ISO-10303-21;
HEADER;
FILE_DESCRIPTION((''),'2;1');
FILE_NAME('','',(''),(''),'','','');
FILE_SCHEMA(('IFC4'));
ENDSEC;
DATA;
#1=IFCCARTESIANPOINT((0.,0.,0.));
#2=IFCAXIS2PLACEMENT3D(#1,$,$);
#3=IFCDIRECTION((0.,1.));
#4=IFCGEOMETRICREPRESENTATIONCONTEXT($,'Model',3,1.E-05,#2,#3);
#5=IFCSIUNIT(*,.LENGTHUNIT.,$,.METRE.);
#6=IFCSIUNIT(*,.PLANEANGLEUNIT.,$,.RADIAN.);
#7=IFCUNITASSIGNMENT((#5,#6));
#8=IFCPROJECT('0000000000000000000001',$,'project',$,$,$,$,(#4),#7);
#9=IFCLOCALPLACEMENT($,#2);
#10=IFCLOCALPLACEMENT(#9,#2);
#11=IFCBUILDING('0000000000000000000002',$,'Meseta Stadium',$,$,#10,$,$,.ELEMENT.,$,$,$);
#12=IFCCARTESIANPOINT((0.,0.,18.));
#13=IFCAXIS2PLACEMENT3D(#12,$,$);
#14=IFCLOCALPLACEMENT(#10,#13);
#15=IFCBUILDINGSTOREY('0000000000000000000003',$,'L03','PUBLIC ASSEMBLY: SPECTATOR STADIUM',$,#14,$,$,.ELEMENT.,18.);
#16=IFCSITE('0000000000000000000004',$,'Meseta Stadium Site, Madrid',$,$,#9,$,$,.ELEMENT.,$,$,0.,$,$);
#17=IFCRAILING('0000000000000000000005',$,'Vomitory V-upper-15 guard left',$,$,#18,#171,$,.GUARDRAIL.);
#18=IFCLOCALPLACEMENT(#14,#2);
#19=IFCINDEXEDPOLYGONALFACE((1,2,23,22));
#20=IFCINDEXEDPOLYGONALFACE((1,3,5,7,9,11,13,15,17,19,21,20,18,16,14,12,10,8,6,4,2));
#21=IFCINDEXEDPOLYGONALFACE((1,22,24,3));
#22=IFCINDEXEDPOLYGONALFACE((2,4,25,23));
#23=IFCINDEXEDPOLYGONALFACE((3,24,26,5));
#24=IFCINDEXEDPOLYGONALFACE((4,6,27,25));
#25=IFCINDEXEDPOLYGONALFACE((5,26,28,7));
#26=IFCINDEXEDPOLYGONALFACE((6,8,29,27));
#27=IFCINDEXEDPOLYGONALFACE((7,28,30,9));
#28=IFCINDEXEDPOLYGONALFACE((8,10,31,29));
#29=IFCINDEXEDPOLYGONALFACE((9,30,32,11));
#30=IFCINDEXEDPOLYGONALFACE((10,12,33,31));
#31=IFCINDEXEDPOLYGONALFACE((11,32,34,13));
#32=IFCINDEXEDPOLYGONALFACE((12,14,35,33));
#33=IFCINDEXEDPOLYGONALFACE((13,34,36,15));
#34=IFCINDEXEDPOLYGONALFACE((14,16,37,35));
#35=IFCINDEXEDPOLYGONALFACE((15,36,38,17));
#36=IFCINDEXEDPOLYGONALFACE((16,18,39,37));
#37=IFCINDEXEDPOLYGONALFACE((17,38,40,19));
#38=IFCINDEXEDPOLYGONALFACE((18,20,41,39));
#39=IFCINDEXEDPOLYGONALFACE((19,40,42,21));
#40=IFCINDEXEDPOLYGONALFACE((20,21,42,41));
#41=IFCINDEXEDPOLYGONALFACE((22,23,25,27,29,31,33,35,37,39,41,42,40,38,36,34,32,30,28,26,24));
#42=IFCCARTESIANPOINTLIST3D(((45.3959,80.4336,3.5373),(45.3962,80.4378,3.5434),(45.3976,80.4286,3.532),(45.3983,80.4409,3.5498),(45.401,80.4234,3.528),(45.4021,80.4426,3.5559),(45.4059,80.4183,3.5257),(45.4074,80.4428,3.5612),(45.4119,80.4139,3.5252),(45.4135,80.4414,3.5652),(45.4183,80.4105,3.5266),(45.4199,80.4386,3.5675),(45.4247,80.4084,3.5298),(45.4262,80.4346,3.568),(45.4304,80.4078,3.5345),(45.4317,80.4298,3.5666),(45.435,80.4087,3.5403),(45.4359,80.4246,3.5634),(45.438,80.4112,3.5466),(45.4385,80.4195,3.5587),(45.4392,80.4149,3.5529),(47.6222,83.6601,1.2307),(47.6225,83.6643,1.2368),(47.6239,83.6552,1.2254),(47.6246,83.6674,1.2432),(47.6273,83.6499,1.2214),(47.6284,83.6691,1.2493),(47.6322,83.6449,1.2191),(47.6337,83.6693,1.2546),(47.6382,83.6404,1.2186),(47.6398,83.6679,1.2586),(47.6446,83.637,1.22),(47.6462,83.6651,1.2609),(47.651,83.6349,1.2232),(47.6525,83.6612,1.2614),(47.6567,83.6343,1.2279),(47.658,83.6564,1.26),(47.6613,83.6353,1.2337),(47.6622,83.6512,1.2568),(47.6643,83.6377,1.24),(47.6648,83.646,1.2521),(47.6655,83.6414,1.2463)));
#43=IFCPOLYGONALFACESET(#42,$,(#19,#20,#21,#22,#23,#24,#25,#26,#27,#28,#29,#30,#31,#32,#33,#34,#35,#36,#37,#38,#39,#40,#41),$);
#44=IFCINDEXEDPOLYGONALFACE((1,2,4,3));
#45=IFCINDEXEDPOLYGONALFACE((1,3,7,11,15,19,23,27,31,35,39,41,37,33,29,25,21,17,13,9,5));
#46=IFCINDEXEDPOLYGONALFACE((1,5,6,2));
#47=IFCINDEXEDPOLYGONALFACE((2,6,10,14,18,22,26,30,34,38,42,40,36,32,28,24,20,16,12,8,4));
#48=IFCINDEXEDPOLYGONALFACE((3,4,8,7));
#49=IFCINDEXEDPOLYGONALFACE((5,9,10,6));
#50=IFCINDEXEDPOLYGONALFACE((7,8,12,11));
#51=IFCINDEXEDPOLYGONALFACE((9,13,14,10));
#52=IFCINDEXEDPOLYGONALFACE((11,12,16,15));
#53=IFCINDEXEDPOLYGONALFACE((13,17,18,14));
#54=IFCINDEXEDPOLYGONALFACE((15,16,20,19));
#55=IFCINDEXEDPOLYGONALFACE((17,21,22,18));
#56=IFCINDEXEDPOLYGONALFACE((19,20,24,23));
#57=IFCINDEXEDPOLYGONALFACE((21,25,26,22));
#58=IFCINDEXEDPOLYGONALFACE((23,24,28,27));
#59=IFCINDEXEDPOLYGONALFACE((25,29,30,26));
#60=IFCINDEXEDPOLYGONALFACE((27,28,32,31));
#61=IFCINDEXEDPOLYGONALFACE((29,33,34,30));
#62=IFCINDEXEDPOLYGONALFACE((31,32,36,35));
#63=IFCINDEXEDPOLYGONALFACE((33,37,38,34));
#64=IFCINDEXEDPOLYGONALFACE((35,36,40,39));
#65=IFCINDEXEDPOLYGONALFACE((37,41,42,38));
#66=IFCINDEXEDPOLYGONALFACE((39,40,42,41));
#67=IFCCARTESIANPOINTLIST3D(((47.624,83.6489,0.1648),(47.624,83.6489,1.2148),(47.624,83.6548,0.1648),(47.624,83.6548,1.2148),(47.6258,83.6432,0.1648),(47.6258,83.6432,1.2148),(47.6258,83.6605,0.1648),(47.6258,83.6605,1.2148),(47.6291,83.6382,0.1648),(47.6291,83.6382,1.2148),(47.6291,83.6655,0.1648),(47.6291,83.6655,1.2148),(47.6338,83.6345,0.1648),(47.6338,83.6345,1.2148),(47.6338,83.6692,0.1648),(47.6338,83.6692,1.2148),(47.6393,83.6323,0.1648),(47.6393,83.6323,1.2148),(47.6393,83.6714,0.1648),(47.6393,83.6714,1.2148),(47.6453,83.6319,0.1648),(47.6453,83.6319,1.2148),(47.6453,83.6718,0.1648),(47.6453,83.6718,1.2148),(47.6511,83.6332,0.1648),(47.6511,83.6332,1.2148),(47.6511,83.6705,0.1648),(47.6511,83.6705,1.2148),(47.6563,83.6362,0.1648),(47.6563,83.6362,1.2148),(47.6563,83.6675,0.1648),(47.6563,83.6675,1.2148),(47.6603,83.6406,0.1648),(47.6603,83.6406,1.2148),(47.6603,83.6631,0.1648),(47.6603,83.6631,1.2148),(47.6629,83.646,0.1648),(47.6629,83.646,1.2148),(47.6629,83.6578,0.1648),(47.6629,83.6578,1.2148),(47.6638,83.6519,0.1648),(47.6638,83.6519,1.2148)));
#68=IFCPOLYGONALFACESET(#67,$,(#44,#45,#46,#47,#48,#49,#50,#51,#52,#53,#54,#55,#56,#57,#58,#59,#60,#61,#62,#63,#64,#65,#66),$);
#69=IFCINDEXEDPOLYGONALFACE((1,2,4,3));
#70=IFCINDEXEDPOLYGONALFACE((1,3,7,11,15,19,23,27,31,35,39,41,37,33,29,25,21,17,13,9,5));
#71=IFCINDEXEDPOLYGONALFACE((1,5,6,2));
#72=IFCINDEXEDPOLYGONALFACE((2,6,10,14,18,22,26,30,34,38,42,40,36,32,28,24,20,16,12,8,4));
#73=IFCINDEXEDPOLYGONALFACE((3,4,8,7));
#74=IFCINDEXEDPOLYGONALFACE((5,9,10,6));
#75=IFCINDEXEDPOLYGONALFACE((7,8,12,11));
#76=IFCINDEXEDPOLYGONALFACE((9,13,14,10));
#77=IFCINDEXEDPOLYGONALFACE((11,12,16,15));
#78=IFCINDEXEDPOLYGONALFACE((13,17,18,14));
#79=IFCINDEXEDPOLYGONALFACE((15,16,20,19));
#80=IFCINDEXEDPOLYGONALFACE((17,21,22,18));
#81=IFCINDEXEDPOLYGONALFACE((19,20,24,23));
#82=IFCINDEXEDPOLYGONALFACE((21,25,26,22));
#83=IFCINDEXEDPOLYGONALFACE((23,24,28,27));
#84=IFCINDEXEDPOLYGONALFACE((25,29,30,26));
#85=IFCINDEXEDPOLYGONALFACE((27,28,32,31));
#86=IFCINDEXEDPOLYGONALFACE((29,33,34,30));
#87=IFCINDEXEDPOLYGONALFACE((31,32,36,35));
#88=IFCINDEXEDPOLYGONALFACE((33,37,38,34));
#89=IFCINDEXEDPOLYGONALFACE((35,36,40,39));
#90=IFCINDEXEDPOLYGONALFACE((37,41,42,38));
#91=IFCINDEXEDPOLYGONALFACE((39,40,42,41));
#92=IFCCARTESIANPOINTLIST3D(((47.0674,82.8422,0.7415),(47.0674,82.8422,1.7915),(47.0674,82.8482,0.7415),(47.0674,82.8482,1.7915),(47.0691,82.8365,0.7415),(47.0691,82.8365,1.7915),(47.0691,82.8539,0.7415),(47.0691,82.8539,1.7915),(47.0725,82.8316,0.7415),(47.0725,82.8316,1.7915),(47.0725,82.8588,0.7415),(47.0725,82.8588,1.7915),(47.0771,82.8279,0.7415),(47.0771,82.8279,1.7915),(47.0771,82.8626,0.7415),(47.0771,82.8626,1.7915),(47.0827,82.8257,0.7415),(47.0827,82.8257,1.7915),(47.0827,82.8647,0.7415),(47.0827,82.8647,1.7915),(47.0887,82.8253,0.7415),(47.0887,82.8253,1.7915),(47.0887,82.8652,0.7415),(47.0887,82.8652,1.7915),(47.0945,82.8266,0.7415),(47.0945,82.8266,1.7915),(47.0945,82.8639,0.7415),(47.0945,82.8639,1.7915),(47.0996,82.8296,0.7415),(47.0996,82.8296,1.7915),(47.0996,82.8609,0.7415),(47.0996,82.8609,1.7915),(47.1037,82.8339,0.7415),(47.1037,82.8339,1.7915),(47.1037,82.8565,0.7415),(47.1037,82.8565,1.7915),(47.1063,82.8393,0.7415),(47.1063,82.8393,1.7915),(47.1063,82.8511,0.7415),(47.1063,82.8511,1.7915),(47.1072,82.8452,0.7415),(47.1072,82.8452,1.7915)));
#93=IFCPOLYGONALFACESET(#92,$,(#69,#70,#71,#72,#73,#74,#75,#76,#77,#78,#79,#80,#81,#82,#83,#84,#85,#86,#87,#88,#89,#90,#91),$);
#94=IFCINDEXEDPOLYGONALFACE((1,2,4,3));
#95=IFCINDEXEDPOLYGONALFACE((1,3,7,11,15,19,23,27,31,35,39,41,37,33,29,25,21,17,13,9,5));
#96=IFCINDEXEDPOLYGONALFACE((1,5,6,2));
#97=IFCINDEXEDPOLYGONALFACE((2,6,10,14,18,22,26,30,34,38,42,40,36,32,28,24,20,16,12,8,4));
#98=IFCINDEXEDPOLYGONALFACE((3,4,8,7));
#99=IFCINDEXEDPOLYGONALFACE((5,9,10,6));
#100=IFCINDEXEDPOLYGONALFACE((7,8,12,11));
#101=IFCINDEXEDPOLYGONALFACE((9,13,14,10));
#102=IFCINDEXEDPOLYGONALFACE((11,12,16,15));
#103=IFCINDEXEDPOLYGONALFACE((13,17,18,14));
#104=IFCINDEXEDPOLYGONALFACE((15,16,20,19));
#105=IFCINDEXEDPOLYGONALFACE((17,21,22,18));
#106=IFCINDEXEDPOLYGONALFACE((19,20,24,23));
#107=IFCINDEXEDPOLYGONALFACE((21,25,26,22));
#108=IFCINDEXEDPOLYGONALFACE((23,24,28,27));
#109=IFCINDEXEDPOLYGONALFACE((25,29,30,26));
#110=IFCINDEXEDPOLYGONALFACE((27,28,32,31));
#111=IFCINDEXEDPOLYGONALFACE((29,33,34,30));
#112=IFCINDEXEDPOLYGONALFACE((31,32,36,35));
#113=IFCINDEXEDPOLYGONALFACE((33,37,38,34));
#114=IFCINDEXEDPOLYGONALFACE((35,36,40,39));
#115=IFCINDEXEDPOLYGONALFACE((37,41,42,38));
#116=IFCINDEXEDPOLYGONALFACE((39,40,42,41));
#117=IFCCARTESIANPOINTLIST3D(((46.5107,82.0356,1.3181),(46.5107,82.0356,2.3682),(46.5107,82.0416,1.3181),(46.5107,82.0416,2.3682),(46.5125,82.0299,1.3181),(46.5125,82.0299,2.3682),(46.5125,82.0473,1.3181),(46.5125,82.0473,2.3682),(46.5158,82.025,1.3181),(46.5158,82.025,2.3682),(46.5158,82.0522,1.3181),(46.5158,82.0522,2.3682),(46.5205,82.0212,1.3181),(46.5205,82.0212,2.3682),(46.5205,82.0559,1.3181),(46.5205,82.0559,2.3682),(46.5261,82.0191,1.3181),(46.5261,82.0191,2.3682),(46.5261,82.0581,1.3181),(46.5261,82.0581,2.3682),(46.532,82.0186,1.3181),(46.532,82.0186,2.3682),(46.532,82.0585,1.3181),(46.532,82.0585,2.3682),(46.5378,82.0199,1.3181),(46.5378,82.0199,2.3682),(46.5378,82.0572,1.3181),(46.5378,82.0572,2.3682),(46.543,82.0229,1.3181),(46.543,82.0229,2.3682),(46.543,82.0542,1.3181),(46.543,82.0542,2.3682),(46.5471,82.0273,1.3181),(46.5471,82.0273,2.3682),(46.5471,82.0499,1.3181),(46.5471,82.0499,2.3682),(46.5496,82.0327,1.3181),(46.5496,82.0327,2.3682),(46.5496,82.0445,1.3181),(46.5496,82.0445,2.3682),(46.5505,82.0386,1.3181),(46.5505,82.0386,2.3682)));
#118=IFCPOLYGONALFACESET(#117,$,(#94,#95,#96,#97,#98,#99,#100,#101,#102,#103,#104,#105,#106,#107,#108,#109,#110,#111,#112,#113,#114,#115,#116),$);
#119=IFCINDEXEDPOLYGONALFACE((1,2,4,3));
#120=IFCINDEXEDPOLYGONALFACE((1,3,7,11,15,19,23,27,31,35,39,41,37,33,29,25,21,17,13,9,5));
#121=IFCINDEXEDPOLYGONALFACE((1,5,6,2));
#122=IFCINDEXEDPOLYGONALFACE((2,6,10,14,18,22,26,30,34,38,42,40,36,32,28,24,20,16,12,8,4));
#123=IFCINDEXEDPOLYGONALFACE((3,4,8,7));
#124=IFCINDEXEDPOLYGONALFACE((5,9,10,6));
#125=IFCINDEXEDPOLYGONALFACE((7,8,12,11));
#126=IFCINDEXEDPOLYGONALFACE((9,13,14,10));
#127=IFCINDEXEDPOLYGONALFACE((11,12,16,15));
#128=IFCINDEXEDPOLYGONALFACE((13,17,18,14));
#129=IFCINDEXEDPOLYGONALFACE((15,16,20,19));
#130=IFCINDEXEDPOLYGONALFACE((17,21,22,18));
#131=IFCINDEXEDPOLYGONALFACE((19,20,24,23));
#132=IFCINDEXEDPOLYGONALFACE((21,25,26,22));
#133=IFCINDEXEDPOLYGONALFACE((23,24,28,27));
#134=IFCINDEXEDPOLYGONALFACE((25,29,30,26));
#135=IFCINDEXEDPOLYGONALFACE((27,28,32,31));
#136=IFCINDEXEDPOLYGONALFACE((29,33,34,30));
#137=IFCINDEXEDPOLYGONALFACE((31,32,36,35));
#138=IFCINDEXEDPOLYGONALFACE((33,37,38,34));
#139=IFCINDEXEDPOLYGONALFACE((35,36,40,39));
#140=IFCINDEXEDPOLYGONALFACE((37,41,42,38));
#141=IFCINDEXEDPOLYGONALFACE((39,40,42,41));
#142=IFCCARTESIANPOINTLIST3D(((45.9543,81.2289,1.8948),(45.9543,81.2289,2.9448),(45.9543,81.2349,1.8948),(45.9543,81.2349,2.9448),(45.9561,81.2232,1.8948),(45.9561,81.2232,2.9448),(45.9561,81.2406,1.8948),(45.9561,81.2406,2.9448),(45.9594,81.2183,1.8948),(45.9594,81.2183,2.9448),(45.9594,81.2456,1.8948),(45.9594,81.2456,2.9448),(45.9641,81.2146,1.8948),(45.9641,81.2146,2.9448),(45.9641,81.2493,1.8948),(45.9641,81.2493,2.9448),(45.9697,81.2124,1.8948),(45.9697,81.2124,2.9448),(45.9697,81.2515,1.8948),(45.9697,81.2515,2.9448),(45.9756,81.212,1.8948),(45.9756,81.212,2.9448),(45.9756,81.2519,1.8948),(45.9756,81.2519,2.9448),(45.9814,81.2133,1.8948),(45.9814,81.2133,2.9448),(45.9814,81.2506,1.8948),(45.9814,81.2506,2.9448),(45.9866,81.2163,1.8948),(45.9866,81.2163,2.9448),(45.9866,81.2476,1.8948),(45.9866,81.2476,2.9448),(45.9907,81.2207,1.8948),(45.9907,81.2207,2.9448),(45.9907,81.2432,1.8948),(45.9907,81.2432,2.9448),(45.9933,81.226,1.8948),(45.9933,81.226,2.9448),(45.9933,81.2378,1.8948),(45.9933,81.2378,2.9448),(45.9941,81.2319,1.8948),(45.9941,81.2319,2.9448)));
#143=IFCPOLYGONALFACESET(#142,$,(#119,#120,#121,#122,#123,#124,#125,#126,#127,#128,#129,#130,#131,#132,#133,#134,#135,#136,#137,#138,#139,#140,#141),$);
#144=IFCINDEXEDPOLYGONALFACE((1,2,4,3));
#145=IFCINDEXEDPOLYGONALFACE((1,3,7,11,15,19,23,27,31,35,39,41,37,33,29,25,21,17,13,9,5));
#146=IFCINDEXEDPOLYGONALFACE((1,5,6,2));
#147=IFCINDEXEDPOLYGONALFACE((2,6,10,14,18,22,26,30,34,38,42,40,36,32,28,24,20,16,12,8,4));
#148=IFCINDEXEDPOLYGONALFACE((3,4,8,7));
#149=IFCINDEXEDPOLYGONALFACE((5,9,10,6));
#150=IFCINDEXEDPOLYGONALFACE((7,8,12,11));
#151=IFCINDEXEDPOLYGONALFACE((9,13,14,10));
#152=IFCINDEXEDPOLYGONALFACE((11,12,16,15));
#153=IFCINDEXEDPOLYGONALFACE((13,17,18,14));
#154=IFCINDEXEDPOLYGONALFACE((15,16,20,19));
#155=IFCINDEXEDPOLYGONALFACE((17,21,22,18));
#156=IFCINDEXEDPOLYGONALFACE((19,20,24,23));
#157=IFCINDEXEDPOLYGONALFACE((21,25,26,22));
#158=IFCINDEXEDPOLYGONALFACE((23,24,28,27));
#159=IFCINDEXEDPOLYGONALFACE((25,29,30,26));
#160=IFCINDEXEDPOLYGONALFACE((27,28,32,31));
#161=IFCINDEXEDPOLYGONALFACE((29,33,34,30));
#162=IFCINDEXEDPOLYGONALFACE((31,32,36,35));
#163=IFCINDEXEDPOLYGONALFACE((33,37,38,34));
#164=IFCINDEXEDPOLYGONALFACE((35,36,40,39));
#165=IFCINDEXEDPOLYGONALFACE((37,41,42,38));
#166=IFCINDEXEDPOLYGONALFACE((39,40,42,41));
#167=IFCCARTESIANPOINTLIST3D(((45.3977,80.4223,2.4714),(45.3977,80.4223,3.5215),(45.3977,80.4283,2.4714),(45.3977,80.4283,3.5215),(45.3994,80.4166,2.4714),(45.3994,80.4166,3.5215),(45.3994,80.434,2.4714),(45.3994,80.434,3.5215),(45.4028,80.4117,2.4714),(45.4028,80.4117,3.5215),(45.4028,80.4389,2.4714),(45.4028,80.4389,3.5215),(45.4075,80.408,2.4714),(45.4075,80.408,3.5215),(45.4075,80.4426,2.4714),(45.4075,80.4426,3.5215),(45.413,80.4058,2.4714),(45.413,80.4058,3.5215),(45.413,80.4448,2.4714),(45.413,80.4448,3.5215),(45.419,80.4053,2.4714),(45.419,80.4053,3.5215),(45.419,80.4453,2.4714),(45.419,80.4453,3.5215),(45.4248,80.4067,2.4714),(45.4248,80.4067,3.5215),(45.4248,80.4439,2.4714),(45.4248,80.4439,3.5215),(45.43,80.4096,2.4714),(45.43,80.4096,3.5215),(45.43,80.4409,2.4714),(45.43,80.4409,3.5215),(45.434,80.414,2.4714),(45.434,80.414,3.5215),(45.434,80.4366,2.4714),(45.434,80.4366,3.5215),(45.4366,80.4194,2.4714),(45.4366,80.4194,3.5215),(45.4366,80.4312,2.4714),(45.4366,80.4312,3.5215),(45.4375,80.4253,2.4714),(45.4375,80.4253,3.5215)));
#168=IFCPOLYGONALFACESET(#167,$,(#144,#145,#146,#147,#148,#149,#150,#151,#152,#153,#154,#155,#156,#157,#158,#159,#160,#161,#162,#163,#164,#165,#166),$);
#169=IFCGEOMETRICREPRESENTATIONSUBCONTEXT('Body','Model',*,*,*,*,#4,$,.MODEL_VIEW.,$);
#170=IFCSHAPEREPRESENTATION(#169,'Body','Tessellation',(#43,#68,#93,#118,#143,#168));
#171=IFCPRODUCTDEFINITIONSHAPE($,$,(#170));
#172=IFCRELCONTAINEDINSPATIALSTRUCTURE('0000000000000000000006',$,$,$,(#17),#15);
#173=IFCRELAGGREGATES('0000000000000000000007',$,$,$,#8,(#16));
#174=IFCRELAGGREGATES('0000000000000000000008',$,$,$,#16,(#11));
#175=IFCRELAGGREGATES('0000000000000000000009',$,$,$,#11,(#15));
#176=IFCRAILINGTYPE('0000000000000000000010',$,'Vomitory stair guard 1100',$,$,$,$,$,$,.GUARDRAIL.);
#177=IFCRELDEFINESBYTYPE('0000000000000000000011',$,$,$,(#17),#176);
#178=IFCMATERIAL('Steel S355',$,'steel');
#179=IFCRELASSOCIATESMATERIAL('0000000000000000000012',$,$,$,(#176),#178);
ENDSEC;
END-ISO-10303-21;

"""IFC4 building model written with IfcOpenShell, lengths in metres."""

from ifc_helpers import new_model, si_unit, direction, frame, origin, origin_2d, place, context, subcontext, project, spatial, circle, extrude, material, type_object, element, save


model = new_model("IFC4")

# Units and contexts
model_context = context("Model", 3, precision=1e-05, world=origin(), true_north=direction((0.0, 1.0)))
body_context = subcontext(model_context, "Body", "Model", "MODEL_VIEW")
ifc_project = project(units=[si_unit("LENGTHUNIT", "METRE"), si_unit("PLANEANGLEUNIT", "RADIAN")], contexts=[model_context])

# Site, building, storey
site_placement = place(None, origin())
site = spatial("IfcSite", under=ifc_project, at=site_placement, Name="Meseta Stadium Site, Madrid", CompositionType="ELEMENT", RefElevation=0.0)
building_placement = place(site_placement, origin())
building = spatial("IfcBuilding", under=site, at=building_placement, Name="Meseta Stadium", CompositionType="ELEMENT")
storey_placement = place(building_placement, frame((0.0, 0.0, 18.0)))
storey = spatial("IfcBuildingStorey", under=building, at=storey_placement, Name="L03", Description="PUBLIC ASSEMBLY: SPECTATOR STADIUM", CompositionType="ELEMENT", Elevation=18.0)

# Railing
ifc_material_1 = material(Name="Steel S355", Category="steel")
railing_type_1 = type_object("IfcRailingType", Name="Vomitory stair guard 1100", PredefinedType="GUARDRAIL", material=ifc_material_1)
for number, where, name in (
    (1, (47.6438, 83.6519, 0.1648), "Vomitory V-upper-15 guard left"),
):
    element("IfcRailing", number, at=place(storey_placement, frame(where)), inside=storey, type_object=railing_type_1, Name=name, PredefinedType="GUARDRAIL", context=body_context, shape_type="SweptSolid", body=[
        extrude(circle(Radius=0.0249, at=origin_2d()), frame((0.0, 0.0, 1.0752), z_axis=(-0.489475, -0.709387, 0.507134), x_axis=(0.823081, -0.567924, 0.0)), (0.0, 0.0, 1.0), 4.5483),
        extrude(circle(Radius=0.02, at=origin_2d()), origin(), (0.0, 0.0, 1.0), 1.05),
        extrude(circle(Radius=0.02, at=origin_2d()), frame((-0.5566, -0.8066, 0.5767)), (0.0, 0.0, 1.0), 1.05),
        extrude(circle(Radius=0.02, at=origin_2d()), frame((-1.1133, -1.6133, 1.1533)), (0.0, 0.0, 1.0), 1.05),
        extrude(circle(Radius=0.02, at=origin_2d()), frame((-1.6697, -2.4199, 1.73)), (0.0, 0.0, 1.0), 1.05),
        extrude(circle(Radius=0.02, at=origin_2d()), frame((-2.2263, -3.2266, 2.3066)), (0.0, 0.0, 1.0), 1.05),
    ])

save(model, "model.ifc")
